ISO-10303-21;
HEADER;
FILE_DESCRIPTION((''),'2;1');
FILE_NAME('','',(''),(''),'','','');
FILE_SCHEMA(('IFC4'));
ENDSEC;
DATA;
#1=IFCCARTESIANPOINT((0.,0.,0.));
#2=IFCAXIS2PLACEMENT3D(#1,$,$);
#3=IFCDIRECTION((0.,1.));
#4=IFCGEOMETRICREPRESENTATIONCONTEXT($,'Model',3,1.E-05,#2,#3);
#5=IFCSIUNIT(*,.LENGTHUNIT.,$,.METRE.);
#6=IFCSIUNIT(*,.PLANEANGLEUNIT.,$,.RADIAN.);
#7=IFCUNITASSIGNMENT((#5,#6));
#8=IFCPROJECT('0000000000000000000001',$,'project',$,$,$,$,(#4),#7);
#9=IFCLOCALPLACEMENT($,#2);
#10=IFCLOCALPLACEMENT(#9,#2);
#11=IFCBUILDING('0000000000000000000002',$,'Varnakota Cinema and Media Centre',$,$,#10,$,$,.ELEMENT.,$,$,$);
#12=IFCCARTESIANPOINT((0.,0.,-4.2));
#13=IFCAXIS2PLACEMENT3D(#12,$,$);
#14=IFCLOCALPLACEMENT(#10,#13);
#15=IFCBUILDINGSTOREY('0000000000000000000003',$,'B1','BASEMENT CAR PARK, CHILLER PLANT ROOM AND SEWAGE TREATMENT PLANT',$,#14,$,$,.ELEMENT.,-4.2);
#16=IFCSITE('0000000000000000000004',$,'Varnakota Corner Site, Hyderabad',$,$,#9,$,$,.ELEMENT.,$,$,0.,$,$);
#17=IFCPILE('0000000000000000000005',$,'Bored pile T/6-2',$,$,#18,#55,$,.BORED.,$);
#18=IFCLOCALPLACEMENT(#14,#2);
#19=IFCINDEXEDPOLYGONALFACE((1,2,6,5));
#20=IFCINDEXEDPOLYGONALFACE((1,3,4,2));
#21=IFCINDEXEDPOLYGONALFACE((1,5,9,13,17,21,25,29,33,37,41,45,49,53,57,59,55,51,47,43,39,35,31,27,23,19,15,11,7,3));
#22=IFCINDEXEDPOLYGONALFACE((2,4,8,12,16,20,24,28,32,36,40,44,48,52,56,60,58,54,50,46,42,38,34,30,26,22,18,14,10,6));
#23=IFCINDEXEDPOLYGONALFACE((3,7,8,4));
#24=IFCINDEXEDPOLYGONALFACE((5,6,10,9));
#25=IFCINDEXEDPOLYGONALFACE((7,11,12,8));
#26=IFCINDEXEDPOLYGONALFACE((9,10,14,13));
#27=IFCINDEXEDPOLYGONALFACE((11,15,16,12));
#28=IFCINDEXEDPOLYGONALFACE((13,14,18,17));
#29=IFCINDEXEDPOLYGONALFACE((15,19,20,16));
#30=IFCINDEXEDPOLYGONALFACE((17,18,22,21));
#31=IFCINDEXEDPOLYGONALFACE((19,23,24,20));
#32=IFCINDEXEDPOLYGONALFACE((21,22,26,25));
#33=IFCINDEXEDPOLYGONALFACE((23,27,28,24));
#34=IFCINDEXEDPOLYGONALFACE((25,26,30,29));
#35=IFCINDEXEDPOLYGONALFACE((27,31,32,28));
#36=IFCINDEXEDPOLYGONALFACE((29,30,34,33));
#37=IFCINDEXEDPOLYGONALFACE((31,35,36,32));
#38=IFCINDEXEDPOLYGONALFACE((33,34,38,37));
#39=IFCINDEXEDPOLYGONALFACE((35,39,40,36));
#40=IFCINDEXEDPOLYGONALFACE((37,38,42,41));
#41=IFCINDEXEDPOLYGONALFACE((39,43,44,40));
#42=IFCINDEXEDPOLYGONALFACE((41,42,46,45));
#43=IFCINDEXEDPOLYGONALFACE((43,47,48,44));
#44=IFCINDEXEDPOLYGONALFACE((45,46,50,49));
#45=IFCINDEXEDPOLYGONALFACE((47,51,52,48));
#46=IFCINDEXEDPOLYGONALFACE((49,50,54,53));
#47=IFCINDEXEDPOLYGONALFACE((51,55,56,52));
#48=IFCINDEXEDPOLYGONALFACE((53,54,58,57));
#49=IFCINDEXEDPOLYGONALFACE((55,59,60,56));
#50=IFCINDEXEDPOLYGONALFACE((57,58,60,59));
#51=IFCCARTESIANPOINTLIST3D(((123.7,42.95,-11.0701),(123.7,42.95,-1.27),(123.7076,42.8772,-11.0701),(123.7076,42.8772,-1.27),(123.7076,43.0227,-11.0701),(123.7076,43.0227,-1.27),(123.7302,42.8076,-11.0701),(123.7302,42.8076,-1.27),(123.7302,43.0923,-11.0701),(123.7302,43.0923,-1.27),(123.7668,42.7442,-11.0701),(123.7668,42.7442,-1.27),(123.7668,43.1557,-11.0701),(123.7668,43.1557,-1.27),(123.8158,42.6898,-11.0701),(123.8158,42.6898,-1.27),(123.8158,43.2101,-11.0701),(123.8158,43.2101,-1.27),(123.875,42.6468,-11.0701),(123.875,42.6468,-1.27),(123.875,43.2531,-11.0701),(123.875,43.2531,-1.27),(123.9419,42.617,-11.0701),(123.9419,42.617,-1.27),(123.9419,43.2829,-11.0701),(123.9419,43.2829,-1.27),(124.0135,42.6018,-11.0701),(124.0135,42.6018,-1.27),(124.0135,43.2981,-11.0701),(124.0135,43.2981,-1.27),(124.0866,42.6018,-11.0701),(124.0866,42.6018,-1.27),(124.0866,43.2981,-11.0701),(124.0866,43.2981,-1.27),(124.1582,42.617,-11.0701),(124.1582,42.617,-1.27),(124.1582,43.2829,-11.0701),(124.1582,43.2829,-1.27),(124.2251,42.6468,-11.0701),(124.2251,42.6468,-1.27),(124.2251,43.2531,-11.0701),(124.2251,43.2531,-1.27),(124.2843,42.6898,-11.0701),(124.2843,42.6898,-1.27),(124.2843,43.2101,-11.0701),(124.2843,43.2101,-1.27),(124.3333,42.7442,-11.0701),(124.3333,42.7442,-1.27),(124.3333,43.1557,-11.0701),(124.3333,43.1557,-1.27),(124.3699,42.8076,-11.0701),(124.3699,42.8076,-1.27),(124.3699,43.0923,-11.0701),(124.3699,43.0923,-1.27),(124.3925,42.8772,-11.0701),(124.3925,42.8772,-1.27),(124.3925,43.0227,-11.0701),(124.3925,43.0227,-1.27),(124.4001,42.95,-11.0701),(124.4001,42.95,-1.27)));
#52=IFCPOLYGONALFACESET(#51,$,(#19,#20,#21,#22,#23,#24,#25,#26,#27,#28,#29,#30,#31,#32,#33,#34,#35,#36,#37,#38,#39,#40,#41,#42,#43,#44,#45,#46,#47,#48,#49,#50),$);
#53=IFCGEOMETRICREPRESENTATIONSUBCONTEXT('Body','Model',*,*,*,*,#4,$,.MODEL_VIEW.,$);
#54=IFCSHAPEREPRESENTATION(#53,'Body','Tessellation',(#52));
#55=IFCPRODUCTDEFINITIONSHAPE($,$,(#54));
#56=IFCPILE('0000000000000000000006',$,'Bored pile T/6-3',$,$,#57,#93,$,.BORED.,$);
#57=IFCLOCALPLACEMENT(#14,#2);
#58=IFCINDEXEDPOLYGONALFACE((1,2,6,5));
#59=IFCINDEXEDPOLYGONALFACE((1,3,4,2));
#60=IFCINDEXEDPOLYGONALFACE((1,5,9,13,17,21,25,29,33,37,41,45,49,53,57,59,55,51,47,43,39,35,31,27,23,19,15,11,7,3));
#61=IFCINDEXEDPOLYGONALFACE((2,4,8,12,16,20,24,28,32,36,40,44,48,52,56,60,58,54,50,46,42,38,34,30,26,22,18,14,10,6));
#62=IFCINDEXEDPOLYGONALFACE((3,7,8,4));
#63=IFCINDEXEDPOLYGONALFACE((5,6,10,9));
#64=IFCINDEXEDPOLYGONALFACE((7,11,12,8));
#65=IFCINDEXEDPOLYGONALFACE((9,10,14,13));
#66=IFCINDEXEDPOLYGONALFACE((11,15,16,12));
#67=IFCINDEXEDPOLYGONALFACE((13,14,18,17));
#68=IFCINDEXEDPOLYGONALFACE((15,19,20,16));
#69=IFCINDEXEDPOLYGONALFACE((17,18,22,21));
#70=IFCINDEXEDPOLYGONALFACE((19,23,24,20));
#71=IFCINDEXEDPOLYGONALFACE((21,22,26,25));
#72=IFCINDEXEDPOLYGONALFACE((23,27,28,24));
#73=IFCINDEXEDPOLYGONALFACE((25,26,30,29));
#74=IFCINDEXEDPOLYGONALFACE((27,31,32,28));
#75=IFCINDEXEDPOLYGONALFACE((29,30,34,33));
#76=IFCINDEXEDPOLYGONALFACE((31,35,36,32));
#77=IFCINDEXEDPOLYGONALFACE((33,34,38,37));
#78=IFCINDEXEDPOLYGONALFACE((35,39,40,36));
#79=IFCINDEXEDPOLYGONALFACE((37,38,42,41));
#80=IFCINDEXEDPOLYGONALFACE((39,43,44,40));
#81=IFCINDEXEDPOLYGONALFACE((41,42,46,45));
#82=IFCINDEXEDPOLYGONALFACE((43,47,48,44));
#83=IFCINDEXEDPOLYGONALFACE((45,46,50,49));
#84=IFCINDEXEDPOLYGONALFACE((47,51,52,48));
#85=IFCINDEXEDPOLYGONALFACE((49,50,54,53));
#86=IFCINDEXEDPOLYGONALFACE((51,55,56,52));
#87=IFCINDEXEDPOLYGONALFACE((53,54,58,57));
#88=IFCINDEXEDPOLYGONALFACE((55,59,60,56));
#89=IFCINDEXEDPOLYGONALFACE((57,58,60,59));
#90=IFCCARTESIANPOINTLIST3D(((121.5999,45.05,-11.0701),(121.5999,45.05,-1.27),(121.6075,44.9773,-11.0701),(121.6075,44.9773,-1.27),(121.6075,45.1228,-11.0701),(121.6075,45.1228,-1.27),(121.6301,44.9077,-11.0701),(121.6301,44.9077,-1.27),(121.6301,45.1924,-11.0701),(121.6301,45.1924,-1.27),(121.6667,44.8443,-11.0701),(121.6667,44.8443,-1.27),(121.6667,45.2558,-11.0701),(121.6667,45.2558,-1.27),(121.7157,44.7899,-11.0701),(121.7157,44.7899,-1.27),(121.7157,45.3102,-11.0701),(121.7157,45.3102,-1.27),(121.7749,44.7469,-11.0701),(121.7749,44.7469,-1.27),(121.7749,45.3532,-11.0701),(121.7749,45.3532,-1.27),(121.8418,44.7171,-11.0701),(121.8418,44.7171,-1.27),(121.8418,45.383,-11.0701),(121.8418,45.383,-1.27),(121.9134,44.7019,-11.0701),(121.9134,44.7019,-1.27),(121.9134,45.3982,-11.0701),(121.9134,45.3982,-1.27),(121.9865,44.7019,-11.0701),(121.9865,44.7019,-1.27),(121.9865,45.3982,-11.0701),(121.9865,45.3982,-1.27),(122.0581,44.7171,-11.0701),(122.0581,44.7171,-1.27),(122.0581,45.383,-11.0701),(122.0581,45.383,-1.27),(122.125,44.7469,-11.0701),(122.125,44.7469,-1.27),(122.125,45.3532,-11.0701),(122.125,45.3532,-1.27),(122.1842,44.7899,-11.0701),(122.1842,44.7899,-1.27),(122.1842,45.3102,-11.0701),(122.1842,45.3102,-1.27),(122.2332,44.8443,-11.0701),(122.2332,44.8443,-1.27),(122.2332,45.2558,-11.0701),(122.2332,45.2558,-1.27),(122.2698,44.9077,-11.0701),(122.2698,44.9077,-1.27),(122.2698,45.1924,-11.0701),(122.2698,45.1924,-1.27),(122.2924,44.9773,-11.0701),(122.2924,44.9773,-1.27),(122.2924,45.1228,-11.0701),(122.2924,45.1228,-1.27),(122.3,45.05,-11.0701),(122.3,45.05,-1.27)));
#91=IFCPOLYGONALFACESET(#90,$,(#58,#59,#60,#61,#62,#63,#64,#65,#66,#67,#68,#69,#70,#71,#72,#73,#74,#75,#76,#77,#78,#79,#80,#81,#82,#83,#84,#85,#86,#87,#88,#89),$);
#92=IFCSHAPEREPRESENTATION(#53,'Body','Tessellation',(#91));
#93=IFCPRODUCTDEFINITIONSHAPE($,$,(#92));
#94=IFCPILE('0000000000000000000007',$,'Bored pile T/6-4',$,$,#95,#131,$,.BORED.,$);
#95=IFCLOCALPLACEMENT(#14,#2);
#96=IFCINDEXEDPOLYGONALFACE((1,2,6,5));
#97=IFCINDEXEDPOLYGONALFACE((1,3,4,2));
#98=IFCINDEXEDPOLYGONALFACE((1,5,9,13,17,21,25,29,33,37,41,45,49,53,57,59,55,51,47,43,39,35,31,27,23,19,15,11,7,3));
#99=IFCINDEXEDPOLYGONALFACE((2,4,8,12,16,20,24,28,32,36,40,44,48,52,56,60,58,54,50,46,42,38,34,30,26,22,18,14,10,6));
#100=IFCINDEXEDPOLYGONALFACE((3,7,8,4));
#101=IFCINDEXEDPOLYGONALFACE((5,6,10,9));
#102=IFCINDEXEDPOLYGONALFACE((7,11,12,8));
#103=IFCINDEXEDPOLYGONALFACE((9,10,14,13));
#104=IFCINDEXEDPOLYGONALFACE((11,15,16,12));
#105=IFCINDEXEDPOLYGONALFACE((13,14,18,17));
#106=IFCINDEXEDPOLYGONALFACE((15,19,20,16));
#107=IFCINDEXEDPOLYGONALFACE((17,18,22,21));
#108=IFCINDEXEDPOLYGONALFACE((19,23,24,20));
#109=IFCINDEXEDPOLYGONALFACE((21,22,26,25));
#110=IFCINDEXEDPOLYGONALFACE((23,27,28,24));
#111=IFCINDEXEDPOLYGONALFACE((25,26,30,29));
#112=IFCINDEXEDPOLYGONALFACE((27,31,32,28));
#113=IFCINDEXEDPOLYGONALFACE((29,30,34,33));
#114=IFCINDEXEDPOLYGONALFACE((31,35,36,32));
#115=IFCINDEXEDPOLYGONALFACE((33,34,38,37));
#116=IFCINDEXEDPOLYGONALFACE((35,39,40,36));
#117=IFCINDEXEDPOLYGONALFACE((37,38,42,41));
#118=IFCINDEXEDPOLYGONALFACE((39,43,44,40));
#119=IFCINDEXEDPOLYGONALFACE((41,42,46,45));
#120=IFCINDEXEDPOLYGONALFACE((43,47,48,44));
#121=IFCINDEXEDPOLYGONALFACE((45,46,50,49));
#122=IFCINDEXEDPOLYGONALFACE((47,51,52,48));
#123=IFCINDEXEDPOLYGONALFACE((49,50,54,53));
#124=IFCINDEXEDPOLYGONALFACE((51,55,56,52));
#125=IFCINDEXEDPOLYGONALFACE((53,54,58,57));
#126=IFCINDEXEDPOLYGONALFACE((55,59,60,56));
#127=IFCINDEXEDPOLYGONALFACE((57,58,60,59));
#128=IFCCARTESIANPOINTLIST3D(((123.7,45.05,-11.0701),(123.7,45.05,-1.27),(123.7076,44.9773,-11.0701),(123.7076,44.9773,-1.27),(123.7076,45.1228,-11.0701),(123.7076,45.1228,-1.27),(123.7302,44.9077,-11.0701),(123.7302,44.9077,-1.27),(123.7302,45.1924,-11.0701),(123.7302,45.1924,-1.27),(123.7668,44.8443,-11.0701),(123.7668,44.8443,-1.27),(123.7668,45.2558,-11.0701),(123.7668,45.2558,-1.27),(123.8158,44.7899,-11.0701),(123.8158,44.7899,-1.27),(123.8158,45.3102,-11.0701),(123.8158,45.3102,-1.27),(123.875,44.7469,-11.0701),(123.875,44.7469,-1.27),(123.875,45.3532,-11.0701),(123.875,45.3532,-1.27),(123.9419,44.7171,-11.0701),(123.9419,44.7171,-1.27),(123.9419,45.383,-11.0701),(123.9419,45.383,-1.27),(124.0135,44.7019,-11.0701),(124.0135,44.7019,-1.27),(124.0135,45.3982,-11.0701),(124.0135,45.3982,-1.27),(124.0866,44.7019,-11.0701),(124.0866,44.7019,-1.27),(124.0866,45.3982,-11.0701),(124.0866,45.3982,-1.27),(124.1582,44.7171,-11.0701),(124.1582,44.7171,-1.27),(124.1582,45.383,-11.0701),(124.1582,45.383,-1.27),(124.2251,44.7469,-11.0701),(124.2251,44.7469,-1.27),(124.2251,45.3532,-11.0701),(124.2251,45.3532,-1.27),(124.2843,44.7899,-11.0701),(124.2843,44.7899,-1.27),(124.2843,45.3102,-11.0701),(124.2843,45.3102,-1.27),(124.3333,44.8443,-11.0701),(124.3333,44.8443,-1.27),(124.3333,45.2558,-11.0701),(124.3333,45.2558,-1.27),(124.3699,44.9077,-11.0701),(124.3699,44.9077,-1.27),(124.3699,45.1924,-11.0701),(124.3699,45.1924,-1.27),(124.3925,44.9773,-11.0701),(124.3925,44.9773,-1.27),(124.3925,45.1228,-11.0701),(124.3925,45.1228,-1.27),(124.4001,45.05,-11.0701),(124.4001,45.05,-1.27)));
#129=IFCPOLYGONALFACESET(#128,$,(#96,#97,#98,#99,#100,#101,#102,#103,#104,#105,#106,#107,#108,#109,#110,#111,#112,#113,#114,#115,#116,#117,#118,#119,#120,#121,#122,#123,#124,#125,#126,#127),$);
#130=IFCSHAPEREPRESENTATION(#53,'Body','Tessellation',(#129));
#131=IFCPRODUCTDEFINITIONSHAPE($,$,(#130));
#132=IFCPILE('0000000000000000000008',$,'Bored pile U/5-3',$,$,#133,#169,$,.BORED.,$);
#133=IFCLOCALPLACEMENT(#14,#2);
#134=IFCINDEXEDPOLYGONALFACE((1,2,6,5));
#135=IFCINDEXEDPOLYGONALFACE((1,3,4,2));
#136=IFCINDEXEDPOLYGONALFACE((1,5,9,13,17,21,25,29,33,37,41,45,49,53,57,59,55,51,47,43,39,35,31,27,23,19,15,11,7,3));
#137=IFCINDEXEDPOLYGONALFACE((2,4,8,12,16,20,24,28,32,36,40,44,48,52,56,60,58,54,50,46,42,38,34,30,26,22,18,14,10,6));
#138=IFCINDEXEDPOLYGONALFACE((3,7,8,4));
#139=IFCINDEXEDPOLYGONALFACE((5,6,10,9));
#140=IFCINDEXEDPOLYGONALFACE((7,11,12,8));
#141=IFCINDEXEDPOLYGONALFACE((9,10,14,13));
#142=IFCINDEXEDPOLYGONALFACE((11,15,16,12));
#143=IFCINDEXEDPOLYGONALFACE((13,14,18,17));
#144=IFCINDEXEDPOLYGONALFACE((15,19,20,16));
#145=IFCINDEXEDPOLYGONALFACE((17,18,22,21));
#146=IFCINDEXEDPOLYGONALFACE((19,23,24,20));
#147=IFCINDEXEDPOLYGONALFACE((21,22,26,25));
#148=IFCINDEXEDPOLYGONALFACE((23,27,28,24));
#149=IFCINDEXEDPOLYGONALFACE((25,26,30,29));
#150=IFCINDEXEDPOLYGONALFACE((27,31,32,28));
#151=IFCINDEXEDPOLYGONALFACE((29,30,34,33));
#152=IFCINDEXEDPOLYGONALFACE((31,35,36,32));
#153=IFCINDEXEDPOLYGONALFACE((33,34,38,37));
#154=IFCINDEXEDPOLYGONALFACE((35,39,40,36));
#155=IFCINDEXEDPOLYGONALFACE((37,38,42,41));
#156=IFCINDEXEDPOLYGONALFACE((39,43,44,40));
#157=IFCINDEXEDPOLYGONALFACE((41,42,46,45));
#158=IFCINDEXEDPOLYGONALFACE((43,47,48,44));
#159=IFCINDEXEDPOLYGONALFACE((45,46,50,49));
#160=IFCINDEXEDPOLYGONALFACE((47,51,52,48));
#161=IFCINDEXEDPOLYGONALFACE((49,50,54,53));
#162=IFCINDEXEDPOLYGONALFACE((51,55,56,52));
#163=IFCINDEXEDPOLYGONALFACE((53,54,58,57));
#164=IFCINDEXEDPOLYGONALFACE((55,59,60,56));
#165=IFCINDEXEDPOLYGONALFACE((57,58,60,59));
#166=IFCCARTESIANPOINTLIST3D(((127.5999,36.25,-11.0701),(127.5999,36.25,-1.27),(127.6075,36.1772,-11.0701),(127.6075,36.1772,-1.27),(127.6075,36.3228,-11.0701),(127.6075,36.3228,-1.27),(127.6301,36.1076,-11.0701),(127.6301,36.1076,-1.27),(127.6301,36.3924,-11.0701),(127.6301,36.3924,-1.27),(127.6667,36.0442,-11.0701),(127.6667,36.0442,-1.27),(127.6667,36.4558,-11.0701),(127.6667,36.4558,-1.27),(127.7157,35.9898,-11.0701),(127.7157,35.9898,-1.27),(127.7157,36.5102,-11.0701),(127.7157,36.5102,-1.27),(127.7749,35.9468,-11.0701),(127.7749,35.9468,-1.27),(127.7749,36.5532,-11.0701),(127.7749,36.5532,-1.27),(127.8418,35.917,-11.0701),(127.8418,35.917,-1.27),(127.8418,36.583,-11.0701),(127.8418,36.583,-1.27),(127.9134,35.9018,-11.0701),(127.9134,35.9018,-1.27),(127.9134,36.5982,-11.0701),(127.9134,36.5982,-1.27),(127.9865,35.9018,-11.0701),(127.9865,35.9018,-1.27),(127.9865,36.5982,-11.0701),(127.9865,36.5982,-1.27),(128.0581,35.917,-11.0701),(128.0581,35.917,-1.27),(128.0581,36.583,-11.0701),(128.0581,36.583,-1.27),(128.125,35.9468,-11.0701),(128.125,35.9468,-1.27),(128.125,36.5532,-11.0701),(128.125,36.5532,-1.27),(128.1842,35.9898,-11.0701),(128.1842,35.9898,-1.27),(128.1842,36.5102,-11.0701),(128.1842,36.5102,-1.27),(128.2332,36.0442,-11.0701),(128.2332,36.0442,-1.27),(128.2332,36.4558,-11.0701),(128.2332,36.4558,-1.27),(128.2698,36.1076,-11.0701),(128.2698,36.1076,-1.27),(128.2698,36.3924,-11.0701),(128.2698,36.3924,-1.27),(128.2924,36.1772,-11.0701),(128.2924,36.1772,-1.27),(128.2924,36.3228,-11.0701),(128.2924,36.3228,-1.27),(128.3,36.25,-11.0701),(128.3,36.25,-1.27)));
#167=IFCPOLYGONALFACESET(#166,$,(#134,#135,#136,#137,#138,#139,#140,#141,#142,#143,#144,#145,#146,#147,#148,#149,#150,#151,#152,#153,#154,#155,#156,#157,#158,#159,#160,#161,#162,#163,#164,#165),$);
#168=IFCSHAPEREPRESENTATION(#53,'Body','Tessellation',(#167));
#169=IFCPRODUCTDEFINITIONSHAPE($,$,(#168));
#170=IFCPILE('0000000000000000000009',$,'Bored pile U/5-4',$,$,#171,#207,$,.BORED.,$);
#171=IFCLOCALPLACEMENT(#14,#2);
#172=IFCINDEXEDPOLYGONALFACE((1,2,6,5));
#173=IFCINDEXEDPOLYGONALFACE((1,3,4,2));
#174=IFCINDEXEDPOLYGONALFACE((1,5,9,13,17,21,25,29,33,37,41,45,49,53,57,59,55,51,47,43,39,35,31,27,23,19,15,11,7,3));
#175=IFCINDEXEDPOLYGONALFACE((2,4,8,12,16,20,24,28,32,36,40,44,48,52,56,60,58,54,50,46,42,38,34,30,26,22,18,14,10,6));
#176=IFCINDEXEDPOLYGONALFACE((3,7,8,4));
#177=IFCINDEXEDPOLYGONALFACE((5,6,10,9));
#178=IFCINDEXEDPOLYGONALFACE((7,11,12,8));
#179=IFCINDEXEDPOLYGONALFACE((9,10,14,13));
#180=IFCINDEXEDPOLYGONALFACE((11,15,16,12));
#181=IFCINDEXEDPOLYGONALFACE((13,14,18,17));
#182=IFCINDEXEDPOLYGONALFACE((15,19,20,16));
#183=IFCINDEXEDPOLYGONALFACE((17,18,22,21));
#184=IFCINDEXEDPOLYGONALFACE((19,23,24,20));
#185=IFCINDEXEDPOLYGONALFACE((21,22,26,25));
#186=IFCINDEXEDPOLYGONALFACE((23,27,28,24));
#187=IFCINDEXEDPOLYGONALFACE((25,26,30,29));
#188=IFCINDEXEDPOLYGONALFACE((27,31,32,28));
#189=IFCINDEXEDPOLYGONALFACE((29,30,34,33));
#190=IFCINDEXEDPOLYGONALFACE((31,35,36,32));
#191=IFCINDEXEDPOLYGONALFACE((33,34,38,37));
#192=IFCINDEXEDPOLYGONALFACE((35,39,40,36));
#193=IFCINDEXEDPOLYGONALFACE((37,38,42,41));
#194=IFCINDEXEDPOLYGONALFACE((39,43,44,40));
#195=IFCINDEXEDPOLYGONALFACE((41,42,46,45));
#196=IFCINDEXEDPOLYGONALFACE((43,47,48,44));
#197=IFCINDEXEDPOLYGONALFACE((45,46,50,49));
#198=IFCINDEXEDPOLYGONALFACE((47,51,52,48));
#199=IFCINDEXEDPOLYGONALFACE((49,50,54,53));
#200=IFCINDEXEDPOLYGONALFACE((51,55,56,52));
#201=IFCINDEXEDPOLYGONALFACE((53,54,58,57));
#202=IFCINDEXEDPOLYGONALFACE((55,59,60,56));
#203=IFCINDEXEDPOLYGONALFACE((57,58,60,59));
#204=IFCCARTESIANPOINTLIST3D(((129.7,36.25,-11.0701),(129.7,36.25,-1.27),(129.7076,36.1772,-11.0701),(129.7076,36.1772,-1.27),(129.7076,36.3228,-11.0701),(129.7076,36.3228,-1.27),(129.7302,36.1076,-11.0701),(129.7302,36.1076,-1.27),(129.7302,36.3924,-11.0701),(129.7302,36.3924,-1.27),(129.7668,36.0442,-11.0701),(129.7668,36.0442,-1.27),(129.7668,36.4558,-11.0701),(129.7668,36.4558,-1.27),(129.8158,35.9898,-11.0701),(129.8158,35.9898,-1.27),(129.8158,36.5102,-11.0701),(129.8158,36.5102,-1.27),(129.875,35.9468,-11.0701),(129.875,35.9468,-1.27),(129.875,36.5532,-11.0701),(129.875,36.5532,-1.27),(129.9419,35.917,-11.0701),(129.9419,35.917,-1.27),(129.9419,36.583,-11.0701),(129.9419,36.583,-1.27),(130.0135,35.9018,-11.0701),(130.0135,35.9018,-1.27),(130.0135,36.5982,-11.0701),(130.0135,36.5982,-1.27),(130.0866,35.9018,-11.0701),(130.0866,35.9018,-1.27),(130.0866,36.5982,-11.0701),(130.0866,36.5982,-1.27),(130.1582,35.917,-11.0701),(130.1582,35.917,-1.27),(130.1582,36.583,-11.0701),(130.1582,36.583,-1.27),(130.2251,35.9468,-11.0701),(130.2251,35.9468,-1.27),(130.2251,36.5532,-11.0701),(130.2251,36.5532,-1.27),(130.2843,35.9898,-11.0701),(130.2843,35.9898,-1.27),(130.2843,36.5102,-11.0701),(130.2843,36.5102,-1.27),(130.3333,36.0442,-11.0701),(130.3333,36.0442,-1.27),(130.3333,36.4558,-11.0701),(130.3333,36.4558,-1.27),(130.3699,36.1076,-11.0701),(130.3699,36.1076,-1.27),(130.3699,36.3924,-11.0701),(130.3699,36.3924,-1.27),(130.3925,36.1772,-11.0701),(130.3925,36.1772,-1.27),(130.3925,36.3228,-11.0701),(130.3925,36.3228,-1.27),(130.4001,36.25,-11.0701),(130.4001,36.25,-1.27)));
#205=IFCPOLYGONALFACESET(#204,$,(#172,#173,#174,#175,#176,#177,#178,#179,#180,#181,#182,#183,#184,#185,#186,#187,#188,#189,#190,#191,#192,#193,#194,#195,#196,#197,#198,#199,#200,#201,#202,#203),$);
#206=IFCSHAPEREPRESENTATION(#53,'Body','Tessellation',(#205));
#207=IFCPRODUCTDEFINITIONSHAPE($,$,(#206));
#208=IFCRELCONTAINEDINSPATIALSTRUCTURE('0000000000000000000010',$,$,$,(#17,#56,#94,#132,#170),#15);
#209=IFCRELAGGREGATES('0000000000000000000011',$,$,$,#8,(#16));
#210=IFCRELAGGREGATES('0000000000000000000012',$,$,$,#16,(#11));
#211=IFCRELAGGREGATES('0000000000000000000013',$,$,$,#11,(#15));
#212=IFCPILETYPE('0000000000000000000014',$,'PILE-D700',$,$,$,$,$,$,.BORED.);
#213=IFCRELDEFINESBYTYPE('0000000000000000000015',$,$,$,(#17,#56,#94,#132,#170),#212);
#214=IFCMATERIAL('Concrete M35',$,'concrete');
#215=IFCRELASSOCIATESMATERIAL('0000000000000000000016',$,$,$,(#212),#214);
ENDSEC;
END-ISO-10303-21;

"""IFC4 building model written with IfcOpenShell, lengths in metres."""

from ifc_helpers import new_model, si_unit, direction, frame, origin, origin_2d, place, context, subcontext, project, spatial, circle, extrude, material, material_profile, profile_set, type_object, element, save


model = new_model("IFC4")

# Units and contexts
model_context = context("Model", 3, precision=1e-05, world=origin(), true_north=direction((0.0, 1.0)))
body_context = subcontext(model_context, "Body", "Model", "MODEL_VIEW")
ifc_project = project(units=[si_unit("LENGTHUNIT", "METRE"), si_unit("PLANEANGLEUNIT", "RADIAN")], contexts=[model_context])

# Site, building, storey
site_placement = place(None, origin())
site = spatial("IfcSite", under=ifc_project, at=site_placement, Name="Varnakota Corner Site, Hyderabad", CompositionType="ELEMENT", RefElevation=0.0)
building_placement = place(site_placement, origin())
building = spatial("IfcBuilding", under=site, at=building_placement, Name="Varnakota Cinema and Media Centre", CompositionType="ELEMENT")
storey_placement = place(building_placement, frame((0.0, 0.0, -4.2)))
storey = spatial("IfcBuildingStorey", under=building, at=storey_placement, Name="B1", Description="BASEMENT CAR PARK, CHILLER PLANT ROOM AND SEWAGE TREATMENT PLANT", CompositionType="ELEMENT", Elevation=-4.2)

# Piles
ifc_material_1 = material(Name="Concrete M35", Category="concrete")
ifc_material_profile_1 = material_profile(ifc_material_1, circle(Radius=0.3501, at=origin_2d()), Name="PILE D700")
ifc_profile_set_1 = profile_set([ifc_material_profile_1], Name="Concrete M35")
pile_type_1 = type_object("IfcPileType", Name="PILE-D700", PredefinedType="BORED", material=ifc_profile_set_1)
for number, where, z_axis, x_axis, name in (
    (1, (124.05, 42.95, -1.27), (0.0, 0.0, -1.0), (1.0, 0.0, 0.0), "Bored pile T/6-2"),
    (2, (121.95, 45.05, -1.27), (0.0, 0.0, -1.0), (1.0, 0.0, 0.0), "Bored pile T/6-3"),
    (3, (124.05, 45.05, -1.27), (0.0, 0.0, -1.0), (1.0, 0.0, 0.0), "Bored pile T/6-4"),
    (4, (127.95, 36.25, -1.27), (0.0, 0.0, -1.0), (1.0, 0.0, 0.0), "Bored pile U/5-3"),
    (5, (130.05, 36.25, -1.27), (0.0, 0.0, -1.0), (1.0, 0.0, 0.0), "Bored pile U/5-4"),
):
    element("IfcPile", number, at=place(storey_placement, frame(where, z_axis=z_axis, x_axis=x_axis)), inside=storey, type_object=pile_type_1, Name=name, PredefinedType="BORED", context=body_context, shape_type="SweptSolid", body=[
        extrude(circle(Radius=0.3501, at=origin_2d()), origin(), (0.0, 0.0, 1.0), 9.8),
    ])

save(model, "model.ifc")
